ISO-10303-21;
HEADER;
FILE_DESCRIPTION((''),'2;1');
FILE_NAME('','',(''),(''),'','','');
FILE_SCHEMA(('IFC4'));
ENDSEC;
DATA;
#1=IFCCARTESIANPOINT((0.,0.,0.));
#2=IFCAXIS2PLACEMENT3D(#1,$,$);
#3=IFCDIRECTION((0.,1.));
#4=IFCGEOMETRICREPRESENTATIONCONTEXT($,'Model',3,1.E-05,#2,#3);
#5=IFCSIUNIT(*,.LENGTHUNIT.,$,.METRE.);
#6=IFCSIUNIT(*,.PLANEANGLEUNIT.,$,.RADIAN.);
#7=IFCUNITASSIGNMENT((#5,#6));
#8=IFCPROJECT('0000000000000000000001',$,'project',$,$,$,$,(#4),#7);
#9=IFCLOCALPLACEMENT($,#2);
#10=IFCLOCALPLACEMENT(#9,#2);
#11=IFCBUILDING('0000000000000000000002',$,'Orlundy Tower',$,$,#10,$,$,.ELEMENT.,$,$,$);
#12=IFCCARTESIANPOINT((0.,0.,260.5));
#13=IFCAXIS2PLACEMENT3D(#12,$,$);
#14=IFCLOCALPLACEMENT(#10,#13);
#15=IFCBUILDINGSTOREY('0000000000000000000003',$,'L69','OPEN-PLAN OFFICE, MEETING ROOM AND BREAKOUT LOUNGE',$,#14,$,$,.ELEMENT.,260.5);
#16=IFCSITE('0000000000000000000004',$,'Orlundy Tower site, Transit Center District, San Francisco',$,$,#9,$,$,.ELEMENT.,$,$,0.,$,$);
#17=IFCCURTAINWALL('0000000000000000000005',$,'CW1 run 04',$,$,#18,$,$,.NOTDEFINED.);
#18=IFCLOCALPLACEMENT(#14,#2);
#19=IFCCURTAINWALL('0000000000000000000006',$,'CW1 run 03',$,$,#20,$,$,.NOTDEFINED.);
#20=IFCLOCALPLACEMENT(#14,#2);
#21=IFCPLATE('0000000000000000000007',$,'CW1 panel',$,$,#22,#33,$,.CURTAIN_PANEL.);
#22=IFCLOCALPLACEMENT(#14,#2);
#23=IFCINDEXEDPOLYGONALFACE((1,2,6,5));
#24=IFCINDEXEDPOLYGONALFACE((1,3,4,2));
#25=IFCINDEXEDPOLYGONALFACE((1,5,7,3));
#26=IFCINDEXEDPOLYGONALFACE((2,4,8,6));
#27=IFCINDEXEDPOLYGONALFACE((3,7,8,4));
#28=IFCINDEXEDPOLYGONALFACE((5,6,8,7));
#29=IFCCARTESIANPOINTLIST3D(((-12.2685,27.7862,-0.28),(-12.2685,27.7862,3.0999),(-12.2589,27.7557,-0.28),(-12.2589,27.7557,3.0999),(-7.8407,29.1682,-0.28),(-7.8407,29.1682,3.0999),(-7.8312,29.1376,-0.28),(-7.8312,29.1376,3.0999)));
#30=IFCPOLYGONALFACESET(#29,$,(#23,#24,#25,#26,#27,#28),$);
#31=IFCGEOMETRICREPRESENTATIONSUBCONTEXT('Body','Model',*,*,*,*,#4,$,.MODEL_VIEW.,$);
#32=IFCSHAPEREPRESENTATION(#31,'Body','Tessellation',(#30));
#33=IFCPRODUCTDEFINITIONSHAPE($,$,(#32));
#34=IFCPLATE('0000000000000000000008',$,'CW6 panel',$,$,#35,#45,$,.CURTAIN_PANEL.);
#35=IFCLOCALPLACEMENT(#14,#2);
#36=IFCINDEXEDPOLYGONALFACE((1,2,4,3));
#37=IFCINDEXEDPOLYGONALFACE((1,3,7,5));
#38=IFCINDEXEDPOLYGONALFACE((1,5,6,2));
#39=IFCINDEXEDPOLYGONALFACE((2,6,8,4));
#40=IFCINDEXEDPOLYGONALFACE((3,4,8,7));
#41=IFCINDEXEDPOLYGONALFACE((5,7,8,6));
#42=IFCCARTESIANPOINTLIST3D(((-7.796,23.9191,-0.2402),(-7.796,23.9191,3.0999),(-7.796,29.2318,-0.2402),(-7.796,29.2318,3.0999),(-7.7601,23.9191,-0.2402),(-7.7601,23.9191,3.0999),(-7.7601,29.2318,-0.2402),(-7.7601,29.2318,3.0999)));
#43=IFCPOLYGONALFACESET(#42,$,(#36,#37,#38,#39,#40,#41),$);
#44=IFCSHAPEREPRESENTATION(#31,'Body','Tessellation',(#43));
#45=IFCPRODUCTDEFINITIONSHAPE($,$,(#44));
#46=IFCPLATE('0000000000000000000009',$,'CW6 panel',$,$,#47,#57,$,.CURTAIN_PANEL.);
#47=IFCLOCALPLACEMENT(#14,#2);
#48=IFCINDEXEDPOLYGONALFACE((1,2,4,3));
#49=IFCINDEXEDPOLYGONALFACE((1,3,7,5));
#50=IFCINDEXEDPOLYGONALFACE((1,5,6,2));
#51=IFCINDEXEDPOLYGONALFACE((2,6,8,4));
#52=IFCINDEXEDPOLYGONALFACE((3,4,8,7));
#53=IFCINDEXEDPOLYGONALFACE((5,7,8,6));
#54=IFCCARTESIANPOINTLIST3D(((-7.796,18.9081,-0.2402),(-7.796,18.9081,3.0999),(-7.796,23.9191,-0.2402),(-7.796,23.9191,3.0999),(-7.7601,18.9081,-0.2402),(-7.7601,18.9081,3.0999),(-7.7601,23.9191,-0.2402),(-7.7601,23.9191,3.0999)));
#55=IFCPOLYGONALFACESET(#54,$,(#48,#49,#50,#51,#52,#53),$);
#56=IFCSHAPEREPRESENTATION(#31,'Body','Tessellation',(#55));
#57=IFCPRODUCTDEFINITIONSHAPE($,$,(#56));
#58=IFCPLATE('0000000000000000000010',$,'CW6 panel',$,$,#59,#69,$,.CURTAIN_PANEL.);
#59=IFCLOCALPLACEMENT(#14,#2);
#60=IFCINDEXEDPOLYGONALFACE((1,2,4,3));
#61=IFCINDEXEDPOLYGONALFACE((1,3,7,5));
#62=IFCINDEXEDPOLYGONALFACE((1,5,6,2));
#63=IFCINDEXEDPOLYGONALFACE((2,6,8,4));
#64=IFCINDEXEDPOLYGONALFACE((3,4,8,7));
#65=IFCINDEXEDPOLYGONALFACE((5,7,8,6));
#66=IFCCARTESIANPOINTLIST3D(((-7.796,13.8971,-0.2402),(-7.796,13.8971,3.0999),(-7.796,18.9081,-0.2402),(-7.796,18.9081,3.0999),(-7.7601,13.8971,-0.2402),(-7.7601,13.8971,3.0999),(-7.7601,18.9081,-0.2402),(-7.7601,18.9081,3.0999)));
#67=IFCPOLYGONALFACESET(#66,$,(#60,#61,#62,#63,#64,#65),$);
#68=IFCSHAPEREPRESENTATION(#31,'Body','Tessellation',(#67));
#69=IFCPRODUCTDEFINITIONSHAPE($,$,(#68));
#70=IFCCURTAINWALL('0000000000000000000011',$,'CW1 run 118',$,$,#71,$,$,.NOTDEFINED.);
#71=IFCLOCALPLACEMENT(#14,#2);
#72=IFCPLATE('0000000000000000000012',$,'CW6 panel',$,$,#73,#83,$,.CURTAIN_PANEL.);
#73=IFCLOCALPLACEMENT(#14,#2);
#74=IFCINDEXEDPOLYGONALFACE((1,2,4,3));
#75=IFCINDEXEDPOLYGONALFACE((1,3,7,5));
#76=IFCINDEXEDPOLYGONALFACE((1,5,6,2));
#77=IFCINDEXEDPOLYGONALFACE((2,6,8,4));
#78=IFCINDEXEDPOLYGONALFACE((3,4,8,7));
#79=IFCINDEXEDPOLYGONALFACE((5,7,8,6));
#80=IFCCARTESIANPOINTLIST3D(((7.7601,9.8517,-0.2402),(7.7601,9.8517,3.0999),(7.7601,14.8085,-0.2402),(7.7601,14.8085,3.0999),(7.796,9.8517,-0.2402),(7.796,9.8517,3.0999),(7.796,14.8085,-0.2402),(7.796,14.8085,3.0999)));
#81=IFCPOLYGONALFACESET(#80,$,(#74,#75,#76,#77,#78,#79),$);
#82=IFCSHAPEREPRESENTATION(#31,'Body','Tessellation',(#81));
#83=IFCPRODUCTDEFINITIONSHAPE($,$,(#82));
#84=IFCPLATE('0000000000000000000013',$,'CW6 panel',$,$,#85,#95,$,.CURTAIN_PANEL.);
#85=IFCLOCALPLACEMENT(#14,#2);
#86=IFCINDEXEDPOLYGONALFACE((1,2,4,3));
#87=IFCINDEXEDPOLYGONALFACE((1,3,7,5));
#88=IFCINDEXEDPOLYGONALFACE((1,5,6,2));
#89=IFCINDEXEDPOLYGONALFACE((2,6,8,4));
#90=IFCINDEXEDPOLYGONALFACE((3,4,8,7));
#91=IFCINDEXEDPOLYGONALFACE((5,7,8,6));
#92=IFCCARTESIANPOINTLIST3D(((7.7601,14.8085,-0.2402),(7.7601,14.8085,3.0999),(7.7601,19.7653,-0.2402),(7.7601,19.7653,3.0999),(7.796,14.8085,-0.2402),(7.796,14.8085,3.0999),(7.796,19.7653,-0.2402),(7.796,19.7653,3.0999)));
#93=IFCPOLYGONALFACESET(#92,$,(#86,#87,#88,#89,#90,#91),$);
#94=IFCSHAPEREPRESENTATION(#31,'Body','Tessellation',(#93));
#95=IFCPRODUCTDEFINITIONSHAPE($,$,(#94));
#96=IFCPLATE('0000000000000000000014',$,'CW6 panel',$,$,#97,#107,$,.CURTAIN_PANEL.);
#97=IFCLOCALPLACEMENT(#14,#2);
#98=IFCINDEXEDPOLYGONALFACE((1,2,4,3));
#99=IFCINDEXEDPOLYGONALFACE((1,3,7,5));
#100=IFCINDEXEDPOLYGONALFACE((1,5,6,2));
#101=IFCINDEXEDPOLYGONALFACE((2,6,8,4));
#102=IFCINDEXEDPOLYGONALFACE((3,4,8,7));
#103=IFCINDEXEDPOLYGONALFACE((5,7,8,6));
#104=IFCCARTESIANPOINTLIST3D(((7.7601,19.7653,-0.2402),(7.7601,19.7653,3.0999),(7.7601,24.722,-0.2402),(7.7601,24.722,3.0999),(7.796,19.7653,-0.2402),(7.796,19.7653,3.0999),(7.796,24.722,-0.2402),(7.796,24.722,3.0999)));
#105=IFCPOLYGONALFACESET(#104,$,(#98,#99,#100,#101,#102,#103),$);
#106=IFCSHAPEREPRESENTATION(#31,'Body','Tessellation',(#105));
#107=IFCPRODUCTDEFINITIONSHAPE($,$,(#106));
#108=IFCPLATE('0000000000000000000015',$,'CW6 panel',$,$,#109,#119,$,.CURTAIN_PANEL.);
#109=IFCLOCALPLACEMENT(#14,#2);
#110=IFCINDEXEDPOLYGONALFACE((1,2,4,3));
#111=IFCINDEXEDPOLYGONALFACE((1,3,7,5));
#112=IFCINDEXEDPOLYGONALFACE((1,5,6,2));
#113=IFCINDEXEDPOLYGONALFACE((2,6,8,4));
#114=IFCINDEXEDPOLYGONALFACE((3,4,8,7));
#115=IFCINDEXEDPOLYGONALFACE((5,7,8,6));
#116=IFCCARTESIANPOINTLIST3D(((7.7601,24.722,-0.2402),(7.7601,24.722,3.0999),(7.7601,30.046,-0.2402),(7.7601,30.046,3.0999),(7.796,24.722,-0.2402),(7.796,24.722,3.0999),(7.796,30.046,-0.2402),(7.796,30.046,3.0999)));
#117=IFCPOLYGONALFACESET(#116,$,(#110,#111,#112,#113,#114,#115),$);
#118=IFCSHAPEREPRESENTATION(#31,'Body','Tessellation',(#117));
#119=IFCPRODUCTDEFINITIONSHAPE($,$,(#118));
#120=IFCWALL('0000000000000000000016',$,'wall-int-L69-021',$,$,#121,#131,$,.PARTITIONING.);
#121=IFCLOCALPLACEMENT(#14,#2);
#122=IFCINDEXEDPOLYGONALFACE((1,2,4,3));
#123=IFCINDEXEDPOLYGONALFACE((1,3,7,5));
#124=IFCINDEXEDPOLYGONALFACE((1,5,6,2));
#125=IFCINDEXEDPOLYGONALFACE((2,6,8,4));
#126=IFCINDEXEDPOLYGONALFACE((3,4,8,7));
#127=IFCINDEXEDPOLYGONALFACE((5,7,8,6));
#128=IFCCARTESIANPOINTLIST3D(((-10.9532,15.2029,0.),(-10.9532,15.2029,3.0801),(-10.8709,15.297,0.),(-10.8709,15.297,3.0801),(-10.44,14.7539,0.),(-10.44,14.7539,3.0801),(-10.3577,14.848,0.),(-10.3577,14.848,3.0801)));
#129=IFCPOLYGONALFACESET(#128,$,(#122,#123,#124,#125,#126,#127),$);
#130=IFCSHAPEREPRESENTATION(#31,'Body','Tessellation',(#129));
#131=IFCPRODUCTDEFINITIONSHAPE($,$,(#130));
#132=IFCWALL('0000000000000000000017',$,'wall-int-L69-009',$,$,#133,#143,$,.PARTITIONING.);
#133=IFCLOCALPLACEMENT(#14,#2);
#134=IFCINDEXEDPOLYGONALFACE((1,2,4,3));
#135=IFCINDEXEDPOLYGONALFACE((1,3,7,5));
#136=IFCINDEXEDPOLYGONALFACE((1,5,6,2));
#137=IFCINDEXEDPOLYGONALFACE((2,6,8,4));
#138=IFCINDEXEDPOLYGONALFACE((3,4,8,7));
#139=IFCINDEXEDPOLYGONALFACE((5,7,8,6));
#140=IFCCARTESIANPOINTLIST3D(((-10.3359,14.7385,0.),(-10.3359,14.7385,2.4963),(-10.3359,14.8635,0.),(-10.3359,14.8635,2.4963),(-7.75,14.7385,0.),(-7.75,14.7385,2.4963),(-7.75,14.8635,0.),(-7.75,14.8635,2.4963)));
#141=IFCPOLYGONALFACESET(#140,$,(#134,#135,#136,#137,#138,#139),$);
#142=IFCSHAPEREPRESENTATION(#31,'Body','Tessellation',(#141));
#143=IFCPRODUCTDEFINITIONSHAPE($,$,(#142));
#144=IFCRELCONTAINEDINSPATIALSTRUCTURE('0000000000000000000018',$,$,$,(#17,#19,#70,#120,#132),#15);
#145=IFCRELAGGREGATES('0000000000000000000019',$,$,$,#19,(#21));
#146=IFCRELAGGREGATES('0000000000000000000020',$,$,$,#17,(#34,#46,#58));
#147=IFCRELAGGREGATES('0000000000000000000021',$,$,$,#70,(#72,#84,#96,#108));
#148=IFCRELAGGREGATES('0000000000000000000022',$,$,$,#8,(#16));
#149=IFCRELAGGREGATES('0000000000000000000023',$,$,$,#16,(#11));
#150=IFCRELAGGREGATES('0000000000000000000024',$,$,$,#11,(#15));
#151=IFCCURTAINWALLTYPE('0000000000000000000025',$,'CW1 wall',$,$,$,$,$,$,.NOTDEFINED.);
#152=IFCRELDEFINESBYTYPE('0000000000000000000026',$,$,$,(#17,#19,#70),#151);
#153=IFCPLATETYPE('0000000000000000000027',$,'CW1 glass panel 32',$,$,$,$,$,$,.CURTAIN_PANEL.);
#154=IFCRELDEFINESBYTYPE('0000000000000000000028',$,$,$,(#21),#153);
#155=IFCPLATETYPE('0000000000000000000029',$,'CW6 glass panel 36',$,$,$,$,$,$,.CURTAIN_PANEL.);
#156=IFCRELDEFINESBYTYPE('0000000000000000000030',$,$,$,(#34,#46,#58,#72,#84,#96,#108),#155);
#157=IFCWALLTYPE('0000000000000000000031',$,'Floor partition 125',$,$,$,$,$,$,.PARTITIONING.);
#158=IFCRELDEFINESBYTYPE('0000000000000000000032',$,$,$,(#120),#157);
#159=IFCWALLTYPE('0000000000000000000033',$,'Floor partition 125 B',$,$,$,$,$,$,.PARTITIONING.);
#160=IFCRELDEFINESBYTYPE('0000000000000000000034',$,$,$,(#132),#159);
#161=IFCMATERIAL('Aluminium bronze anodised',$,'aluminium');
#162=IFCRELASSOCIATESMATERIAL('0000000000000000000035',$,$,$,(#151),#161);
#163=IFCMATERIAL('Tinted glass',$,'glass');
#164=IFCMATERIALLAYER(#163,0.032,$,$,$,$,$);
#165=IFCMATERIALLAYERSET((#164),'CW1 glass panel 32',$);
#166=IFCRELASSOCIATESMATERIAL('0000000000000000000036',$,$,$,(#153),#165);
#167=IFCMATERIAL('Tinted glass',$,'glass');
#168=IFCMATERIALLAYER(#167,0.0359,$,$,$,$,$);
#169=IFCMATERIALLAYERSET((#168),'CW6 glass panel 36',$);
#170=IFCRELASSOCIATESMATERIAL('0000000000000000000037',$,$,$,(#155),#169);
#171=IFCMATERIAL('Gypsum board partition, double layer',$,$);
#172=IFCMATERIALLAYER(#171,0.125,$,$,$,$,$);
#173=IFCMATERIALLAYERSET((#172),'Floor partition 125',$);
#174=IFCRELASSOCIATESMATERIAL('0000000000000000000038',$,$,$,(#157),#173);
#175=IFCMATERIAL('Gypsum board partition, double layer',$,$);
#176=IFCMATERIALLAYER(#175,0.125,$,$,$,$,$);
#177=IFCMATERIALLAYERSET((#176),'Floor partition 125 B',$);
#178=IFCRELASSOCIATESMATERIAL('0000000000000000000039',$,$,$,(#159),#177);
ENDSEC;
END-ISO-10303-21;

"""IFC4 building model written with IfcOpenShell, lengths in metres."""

from ifc_helpers import new_model, si_unit, direction, frame, frame_2d, origin, origin_2d, place, context, subcontext, project, spatial, rectangle, extrude, material, layer, layer_set, type_object, element, aggregate, save


model = new_model("IFC4")

# Units and contexts
model_context = context("Model", 3, precision=1e-05, world=origin(), true_north=direction((0.0, 1.0)))
body_context = subcontext(model_context, "Body", "Model", "MODEL_VIEW")
ifc_project = project(units=[si_unit("LENGTHUNIT", "METRE"), si_unit("PLANEANGLEUNIT", "RADIAN")], contexts=[model_context])

# Site, building, storey
site_placement = place(None, origin())
site = spatial("IfcSite", under=ifc_project, at=site_placement, Name="Orlundy Tower site, Transit Center District, San Francisco", CompositionType="ELEMENT", RefElevation=0.0)
building_placement = place(site_placement, origin())
building = spatial("IfcBuilding", under=site, at=building_placement, Name="Orlundy Tower", CompositionType="ELEMENT")
storey_placement = place(building_placement, frame((0.0, 0.0, 260.5)))
storey = spatial("IfcBuildingStorey", under=building, at=storey_placement, Name="L69", Description="OPEN-PLAN OFFICE, MEETING ROOM AND BREAKOUT LOUNGE", CompositionType="ELEMENT", Elevation=260.5)

# Curtain walls
ifc_material_1 = material(Name="Aluminium bronze anodised", Category="aluminium")
curtain_wall_type = type_object("IfcCurtainWallType", Name="CW1 wall", PredefinedType="NOTDEFINED", material=ifc_material_1)
curtain_wall_1_placement = place(storey_placement, origin())
curtain_wall_1 = element("IfcCurtainWall", 1, at=curtain_wall_1_placement, inside=storey, type_object=curtain_wall_type, Name="CW1 run 04", PredefinedType="NOTDEFINED")
curtain_wall_2_placement = place(storey_placement, origin())
curtain_wall_2 = element("IfcCurtainWall", 2, at=curtain_wall_2_placement, inside=storey, type_object=curtain_wall_type, Name="CW1 run 03", PredefinedType="NOTDEFINED")

# Plates
ifc_material_2 = material(Name="Tinted glass", Category="glass")
ifc_layer_1 = layer(ifc_material_2, 0.032)
ifc_layer_set_1 = layer_set([ifc_layer_1], Name="CW1 glass panel 32")
plate_type_1 = type_object("IfcPlateType", Name="CW1 glass panel 32", PredefinedType="CURTAIN_PANEL", material=ifc_layer_set_1)
plate_1_placement = place(storey_placement, frame((-10.0498, 28.4619, -0.28), z_axis=(0.0, 0.0, 1.0), x_axis=(0.954586, 0.297935, 0.0)))
plate_1 = element("IfcPlate", 3, at=plate_1_placement, type_object=plate_type_1, Name="CW1 panel", PredefinedType="CURTAIN_PANEL", context=body_context, shape_type="SweptSolid", body=[
    extrude(rectangle(XDim=4.6384, YDim=0.032, at=origin_2d()), origin(), (0.0, 0.0, 1.0), 3.3799),
])
aggregate(curtain_wall_2, [plate_1])
ifc_material_3 = material(Name="Tinted glass", Category="glass")
ifc_layer_2 = layer(ifc_material_3, 0.0359)
ifc_layer_set_2 = layer_set([ifc_layer_2], Name="CW6 glass panel 36")
plate_type_2 = type_object("IfcPlateType", Name="CW6 glass panel 36", PredefinedType="CURTAIN_PANEL", material=ifc_layer_set_2)
plate_2_placement = place(storey_placement, frame((-7.7781, 26.5754, -0.2402), z_axis=(0.0, 0.0, 1.0), x_axis=(0.0, -1.0, 0.0)))
plate_2 = element("IfcPlate", 4, at=plate_2_placement, type_object=plate_type_2, Name="CW6 panel", PredefinedType="CURTAIN_PANEL", context=body_context, shape_type="SweptSolid", body=[
    extrude(rectangle(XDim=5.3127, YDim=0.0359, at=origin_2d()), origin(), (0.0, 0.0, 1.0), 3.3401),
])
plate_3_placement = place(storey_placement, frame((-7.7781, 21.4136, -0.2402), z_axis=(0.0, 0.0, 1.0), x_axis=(0.0, -1.0, 0.0)))
plate_3 = element("IfcPlate", 5, at=plate_3_placement, type_object=plate_type_2, Name="CW6 panel", PredefinedType="CURTAIN_PANEL", context=body_context, shape_type="SweptSolid", body=[
    extrude(rectangle(XDim=5.011, YDim=0.0359, at=origin_2d()), origin(), (0.0, 0.0, 1.0), 3.3401),
])
plate_4_placement = place(storey_placement, frame((-7.7781, 16.4026, -0.2402), z_axis=(0.0, 0.0, 1.0), x_axis=(0.0, -1.0, 0.0)))
plate_4 = element("IfcPlate", 6, at=plate_4_placement, type_object=plate_type_2, Name="CW6 panel", PredefinedType="CURTAIN_PANEL", context=body_context, shape_type="SweptSolid", body=[
    extrude(rectangle(XDim=5.011, YDim=0.0359, at=origin_2d()), origin(), (0.0, 0.0, 1.0), 3.3401),
])
aggregate(curtain_wall_1, [plate_2, plate_3, plate_4])

# Curtain wall, plates
curtain_wall_3_placement = place(storey_placement, origin())
curtain_wall_3 = element("IfcCurtainWall", 7, at=curtain_wall_3_placement, inside=storey, type_object=curtain_wall_type, Name="CW1 run 118", PredefinedType="NOTDEFINED")
plate_5_placement = place(storey_placement, frame((7.7781, 12.3301, -0.2402), z_axis=(0.0, 0.0, 1.0), x_axis=(0.0, 1.0, 0.0)))
plate_5 = element("IfcPlate", 8, at=plate_5_placement, type_object=plate_type_2, Name="CW6 panel", PredefinedType="CURTAIN_PANEL", context=body_context, shape_type="SweptSolid", body=[
    extrude(rectangle(XDim=4.9568, YDim=0.0359, at=origin_2d()), origin(), (0.0, 0.0, 1.0), 3.3401),
])
plate_6_placement = place(storey_placement, frame((7.7781, 17.2869, -0.2402), z_axis=(0.0, 0.0, 1.0), x_axis=(0.0, 1.0, 0.0)))
plate_6 = element("IfcPlate", 9, at=plate_6_placement, type_object=plate_type_2, Name="CW6 panel", PredefinedType="CURTAIN_PANEL", context=body_context, shape_type="SweptSolid", body=[
    extrude(rectangle(XDim=4.9568, YDim=0.0359, at=origin_2d()), origin(), (0.0, 0.0, 1.0), 3.3401),
])
plate_7_placement = place(storey_placement, frame((7.7781, 22.2437, -0.2402), z_axis=(0.0, 0.0, 1.0), x_axis=(0.0, 1.0, 0.0)))
plate_7 = element("IfcPlate", 10, at=plate_7_placement, type_object=plate_type_2, Name="CW6 panel", PredefinedType="CURTAIN_PANEL", context=body_context, shape_type="SweptSolid", body=[
    extrude(rectangle(XDim=4.9568, YDim=0.0359, at=origin_2d()), origin(), (0.0, 0.0, 1.0), 3.3401),
])
plate_8_placement = place(storey_placement, frame((7.7781, 27.384, -0.2402), z_axis=(0.0, 0.0, 1.0), x_axis=(0.0, 1.0, 0.0)))
plate_8 = element("IfcPlate", 11, at=plate_8_placement, type_object=plate_type_2, Name="CW6 panel", PredefinedType="CURTAIN_PANEL", context=body_context, shape_type="SweptSolid", body=[
    extrude(rectangle(XDim=5.324, YDim=0.0359, at=origin_2d()), origin(), (0.0, 0.0, 1.0), 3.3401),
])
aggregate(curtain_wall_3, [plate_5, plate_6, plate_7, plate_8])

# Walls
ifc_material_4 = material(Name="Gypsum board partition, double layer")
ifc_layer_3 = layer(ifc_material_4, 0.125)
ifc_layer_set_3 = layer_set([ifc_layer_3], Name="Floor partition 125")
wall_type_1 = type_object("IfcWallType", Name="Floor partition 125", PredefinedType="PARTITIONING", material=ifc_layer_set_3)
wall_1_placement = place(storey_placement, frame((-10.3989, 14.801, 0.0), z_axis=(0.0, 0.0, 1.0), x_axis=(-0.752621, 0.658454, 0.0)))
element("IfcWall", 12, at=wall_1_placement, inside=storey, type_object=wall_type_1, Name="wall-int-L69-021", PredefinedType="PARTITIONING", context=body_context, shape_type="SweptSolid", body=[
    extrude(rectangle(XDim=0.6819, YDim=0.125, at=frame_2d((0.3408, 0.0))), origin(), (0.0, 0.0, 1.0), 3.0801),
])
ifc_material_5 = material(Name="Gypsum board partition, double layer")
ifc_layer_4 = layer(ifc_material_5, 0.125)
ifc_layer_set_4 = layer_set([ifc_layer_4], Name="Floor partition 125 B")
wall_type_2 = type_object("IfcWallType", Name="Floor partition 125 B", PredefinedType="PARTITIONING", material=ifc_layer_set_4)
wall_2_placement = place(storey_placement, frame((-10.3359, 14.801, 0.0), z_axis=(0.0, 0.0, 1.0), x_axis=(1.0, 0.0, 0.0)))
element("IfcWall", 13, at=wall_2_placement, inside=storey, type_object=wall_type_2, Name="wall-int-L69-009", PredefinedType="PARTITIONING", context=body_context, shape_type="SweptSolid", body=[
    extrude(rectangle(XDim=2.5859, YDim=0.125, at=frame_2d((1.293, 0.0))), origin(), (0.0, 0.0, 1.0), 2.4963),
])

save(model, "model.ifc")
